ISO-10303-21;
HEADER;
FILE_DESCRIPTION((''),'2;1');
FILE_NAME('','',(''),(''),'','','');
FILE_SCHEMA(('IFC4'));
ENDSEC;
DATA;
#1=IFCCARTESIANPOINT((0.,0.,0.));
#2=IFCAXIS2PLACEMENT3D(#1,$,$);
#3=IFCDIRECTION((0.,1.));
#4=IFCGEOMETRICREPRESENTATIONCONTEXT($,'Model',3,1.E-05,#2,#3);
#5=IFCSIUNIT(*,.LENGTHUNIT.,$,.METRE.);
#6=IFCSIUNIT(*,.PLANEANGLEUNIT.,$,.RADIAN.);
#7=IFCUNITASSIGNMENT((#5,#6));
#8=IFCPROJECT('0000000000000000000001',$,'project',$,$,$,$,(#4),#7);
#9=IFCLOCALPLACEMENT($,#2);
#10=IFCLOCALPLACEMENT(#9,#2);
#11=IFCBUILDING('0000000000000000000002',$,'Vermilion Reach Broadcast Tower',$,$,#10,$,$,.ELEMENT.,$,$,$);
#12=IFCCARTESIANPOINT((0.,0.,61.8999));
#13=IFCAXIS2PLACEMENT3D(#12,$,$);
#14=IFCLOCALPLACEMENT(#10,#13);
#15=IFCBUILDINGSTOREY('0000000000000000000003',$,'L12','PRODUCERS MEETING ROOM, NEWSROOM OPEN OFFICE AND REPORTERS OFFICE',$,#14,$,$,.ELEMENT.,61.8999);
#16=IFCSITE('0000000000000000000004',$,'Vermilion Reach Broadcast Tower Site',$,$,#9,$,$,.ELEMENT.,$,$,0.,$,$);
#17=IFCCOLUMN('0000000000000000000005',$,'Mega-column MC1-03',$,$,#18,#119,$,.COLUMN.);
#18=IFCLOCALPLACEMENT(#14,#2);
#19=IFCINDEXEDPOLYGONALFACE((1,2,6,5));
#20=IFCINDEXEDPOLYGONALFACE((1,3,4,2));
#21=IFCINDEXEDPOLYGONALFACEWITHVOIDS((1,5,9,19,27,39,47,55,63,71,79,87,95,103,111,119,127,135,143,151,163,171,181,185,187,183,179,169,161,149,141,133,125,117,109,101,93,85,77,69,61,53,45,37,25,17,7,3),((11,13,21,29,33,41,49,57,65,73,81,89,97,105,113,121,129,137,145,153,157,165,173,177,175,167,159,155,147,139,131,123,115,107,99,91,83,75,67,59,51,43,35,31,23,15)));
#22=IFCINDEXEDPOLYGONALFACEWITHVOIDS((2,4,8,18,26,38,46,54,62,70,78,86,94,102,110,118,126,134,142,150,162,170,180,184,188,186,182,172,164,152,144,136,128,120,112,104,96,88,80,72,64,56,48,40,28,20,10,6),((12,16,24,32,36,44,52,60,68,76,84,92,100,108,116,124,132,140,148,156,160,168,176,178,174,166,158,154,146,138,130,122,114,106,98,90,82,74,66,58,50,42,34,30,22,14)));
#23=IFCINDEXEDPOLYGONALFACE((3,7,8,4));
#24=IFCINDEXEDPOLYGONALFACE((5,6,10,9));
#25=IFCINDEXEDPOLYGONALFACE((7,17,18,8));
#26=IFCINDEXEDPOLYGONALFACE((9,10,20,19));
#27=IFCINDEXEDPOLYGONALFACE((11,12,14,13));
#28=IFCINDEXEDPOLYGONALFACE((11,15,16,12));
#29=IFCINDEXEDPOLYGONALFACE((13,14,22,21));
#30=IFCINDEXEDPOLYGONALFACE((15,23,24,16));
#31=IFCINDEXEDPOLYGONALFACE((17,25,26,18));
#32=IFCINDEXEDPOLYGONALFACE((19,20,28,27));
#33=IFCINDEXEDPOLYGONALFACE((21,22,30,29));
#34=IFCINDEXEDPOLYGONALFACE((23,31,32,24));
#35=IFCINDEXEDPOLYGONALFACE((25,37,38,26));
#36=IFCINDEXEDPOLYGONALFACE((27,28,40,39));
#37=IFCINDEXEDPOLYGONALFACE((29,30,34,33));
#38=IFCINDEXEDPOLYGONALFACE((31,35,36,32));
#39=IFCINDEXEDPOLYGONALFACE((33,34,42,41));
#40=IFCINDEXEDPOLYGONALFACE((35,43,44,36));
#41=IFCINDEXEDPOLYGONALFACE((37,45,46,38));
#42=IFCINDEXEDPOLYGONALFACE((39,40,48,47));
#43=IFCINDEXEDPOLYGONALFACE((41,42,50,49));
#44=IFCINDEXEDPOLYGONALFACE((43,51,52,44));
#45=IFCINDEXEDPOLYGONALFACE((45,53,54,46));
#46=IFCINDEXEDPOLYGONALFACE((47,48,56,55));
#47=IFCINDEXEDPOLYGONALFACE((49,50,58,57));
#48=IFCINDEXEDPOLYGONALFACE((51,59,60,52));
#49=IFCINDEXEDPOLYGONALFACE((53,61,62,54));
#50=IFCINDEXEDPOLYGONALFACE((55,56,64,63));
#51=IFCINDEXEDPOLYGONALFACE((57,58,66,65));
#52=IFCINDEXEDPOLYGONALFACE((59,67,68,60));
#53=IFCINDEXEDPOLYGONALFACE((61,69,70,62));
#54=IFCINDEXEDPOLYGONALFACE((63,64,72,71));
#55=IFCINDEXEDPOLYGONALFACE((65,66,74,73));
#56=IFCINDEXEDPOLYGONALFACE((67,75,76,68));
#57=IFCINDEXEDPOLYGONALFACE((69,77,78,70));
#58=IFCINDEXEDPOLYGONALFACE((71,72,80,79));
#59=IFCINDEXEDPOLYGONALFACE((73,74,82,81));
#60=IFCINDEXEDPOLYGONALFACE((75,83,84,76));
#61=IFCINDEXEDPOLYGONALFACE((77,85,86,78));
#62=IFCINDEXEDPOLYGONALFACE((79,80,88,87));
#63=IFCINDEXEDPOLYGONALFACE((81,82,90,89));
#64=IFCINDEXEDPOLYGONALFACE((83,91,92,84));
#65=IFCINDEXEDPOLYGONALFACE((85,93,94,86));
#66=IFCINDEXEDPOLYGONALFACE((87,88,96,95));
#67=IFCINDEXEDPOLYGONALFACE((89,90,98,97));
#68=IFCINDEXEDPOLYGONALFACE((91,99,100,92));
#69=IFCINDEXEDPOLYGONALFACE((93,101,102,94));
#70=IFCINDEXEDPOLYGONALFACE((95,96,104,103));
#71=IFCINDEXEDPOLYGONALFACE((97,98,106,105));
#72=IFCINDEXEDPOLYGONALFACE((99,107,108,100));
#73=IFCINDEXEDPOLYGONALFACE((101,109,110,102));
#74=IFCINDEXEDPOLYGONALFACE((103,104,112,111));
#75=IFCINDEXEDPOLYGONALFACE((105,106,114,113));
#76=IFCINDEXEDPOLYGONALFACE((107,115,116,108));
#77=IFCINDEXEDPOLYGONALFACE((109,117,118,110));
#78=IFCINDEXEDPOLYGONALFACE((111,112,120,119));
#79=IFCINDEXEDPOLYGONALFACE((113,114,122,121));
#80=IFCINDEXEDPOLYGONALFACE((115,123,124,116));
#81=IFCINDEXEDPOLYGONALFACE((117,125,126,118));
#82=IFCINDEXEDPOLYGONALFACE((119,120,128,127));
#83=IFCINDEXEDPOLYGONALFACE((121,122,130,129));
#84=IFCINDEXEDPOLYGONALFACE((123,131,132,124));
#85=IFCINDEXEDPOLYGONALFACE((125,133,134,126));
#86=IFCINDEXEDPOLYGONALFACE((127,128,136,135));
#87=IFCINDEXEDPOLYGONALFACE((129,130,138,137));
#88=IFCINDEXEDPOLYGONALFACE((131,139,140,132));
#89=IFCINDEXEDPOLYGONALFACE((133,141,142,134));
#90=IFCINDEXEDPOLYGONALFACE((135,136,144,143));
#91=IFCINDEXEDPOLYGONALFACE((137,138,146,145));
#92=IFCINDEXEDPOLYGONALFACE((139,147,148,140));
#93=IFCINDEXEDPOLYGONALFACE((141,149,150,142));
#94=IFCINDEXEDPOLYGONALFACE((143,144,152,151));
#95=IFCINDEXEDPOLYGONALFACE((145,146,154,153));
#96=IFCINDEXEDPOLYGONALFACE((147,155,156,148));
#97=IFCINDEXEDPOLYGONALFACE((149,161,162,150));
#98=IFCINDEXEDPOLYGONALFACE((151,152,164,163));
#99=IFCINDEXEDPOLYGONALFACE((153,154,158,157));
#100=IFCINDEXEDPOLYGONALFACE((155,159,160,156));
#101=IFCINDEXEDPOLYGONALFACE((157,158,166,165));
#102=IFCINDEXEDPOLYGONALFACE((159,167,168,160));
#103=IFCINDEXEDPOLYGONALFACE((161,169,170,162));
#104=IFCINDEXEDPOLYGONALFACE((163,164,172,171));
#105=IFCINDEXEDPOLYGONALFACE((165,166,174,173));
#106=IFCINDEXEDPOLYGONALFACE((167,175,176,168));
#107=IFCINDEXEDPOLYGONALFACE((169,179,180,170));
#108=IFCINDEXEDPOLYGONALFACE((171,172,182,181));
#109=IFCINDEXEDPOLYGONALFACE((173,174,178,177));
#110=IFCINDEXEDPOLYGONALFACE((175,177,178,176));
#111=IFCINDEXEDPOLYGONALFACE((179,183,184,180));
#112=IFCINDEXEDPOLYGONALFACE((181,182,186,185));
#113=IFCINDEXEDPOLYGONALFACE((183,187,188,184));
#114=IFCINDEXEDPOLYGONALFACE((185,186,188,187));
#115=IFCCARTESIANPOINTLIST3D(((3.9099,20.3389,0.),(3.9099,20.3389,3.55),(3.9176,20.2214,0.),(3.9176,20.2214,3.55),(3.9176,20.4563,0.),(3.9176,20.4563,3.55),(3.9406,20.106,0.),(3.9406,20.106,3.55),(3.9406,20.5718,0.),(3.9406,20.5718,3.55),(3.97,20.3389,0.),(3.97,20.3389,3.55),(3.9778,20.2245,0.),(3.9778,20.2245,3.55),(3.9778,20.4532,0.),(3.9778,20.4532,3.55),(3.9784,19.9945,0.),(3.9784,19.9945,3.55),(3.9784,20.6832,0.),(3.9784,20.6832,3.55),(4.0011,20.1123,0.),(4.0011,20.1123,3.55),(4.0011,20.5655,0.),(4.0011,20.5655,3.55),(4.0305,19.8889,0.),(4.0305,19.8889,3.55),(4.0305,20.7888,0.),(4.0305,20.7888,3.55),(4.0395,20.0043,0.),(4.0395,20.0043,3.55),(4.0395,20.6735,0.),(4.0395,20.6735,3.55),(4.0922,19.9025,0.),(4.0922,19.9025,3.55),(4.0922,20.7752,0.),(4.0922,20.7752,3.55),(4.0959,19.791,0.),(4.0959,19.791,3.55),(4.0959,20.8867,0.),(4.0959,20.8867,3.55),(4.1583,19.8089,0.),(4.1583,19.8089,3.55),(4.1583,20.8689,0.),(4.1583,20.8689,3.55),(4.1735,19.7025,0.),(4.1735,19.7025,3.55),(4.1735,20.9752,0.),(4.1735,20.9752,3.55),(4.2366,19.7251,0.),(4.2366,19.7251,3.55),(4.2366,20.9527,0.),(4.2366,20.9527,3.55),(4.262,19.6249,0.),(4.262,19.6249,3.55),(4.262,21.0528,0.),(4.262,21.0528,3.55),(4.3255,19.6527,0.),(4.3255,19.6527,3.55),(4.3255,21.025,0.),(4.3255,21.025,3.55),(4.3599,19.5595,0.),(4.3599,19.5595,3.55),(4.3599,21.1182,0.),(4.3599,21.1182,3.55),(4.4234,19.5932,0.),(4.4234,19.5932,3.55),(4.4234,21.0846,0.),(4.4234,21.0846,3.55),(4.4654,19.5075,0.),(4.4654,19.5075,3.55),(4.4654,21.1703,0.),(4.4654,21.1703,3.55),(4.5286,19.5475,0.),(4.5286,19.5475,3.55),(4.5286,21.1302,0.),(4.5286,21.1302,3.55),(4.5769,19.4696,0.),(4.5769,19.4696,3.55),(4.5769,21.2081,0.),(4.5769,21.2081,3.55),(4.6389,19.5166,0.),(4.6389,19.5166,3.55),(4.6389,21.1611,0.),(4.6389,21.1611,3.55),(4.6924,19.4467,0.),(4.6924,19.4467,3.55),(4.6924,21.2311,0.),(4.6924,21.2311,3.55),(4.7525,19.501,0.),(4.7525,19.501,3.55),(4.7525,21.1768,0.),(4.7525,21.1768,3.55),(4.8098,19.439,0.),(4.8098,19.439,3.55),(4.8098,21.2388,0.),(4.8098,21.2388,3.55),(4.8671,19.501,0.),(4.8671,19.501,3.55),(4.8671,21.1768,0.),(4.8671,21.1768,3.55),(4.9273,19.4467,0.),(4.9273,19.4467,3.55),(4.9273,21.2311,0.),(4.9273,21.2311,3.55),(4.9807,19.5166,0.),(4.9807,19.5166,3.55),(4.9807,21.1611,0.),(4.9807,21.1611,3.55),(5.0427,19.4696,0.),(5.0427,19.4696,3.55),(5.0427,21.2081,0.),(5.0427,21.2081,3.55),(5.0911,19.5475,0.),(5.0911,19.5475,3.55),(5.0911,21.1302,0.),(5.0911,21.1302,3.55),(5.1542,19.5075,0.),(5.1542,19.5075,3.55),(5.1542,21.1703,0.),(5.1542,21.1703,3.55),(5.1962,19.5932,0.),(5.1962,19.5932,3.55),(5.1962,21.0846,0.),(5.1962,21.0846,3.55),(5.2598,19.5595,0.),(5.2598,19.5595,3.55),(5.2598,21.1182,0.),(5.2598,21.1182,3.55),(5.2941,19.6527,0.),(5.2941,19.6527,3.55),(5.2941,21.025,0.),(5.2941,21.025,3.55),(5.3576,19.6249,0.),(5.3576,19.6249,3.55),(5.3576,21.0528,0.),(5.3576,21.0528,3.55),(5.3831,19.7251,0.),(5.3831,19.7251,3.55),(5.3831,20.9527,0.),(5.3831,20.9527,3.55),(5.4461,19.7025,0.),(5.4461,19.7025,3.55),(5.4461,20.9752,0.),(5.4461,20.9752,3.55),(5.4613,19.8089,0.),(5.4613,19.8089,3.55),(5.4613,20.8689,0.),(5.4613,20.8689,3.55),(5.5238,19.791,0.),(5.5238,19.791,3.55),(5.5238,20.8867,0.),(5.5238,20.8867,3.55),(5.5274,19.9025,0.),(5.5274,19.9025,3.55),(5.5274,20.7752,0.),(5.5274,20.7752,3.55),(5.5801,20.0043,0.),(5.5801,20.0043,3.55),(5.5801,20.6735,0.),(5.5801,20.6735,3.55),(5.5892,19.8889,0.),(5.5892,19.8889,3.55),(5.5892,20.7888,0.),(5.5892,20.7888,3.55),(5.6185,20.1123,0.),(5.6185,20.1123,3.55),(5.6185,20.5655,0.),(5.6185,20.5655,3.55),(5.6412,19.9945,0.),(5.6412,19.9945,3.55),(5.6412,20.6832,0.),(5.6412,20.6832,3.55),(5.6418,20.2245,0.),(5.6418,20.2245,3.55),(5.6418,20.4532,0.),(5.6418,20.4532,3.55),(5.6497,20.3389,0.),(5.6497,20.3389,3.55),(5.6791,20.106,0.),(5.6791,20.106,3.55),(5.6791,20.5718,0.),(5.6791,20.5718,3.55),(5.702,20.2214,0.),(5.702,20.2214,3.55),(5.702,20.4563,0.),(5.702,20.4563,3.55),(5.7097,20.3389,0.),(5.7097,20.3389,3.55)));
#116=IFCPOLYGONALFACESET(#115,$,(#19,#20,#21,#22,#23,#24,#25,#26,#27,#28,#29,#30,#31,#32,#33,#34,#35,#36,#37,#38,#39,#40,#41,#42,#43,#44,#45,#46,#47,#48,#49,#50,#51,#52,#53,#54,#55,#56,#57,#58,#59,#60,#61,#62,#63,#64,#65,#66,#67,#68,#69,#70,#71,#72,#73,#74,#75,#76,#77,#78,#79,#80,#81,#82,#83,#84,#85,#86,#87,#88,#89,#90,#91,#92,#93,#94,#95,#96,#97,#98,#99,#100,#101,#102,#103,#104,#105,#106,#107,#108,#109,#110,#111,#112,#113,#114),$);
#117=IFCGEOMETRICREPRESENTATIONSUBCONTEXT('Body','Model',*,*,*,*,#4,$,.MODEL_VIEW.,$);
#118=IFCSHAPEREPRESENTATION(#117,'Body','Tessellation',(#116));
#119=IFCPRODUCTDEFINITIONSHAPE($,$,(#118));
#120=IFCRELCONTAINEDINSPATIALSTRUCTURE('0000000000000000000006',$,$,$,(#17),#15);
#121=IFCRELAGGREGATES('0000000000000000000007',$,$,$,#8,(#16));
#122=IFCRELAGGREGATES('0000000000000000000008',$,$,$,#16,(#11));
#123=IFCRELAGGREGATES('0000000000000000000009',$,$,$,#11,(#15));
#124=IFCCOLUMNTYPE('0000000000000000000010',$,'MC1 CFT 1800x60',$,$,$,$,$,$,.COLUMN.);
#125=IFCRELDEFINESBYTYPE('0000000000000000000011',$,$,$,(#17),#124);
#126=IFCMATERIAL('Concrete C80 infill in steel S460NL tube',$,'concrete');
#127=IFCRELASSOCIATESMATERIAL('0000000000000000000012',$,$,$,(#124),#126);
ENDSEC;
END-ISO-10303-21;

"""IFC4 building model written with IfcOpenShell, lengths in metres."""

from ifc_helpers import new_model, si_unit, direction, frame, origin, origin_2d, place, context, subcontext, project, spatial, hollow_circle, extrude, material, material_profile, profile_set, type_object, element, save


model = new_model("IFC4")

# Units and contexts
model_context = context("Model", 3, precision=1e-05, world=origin(), true_north=direction((0.0, 1.0)))
body_context = subcontext(model_context, "Body", "Model", "MODEL_VIEW")
ifc_project = project(units=[si_unit("LENGTHUNIT", "METRE"), si_unit("PLANEANGLEUNIT", "RADIAN")], contexts=[model_context])

# Site, building, storey
site_placement = place(None, origin())
site = spatial("IfcSite", under=ifc_project, at=site_placement, Name="Vermilion Reach Broadcast Tower Site", CompositionType="ELEMENT", RefElevation=0.0)
building_placement = place(site_placement, origin())
building = spatial("IfcBuilding", under=site, at=building_placement, Name="Vermilion Reach Broadcast Tower", CompositionType="ELEMENT")
storey_placement = place(building_placement, frame((0.0, 0.0, 61.8999)))
storey = spatial("IfcBuildingStorey", under=building, at=storey_placement, Name="L12", Description="PRODUCERS MEETING ROOM, NEWSROOM OPEN OFFICE AND REPORTERS OFFICE", CompositionType="ELEMENT", Elevation=61.8999)

# Column
ifc_material_1 = material(Name="Concrete C80 infill in steel S460NL tube", Category="concrete")
ifc_material_profile_1 = material_profile(ifc_material_1, hollow_circle(Radius=0.8999, WallThickness=0.0601, at=origin_2d()), Name="Concrete C80 infill in steel S460NL tube CFT 1800x60")
ifc_profile_set_1 = profile_set([ifc_material_profile_1], Name="Concrete C80 infill in steel S460NL tube")
column_type = type_object("IfcColumnType", Name="MC1 CFT 1800x60", PredefinedType="COLUMN", material=ifc_profile_set_1)
for number, where, z_axis, x_axis, name in (
    (1, (4.8098, 20.3389, 0.0), (0.0, 0.0, 1.0), (1.0, 0.0, 0.0), "Mega-column MC1-03"),
):
    element("IfcColumn", number, at=place(storey_placement, frame(where, z_axis=z_axis, x_axis=x_axis)), inside=storey, type_object=column_type, Name=name, PredefinedType="COLUMN", context=body_context, shape_type="SweptSolid", body=[
        extrude(hollow_circle(Radius=0.8999, WallThickness=0.0601, at=origin_2d()), origin(), (0.0, 0.0, 1.0), 3.55),
    ])

save(model, "model.ifc")
